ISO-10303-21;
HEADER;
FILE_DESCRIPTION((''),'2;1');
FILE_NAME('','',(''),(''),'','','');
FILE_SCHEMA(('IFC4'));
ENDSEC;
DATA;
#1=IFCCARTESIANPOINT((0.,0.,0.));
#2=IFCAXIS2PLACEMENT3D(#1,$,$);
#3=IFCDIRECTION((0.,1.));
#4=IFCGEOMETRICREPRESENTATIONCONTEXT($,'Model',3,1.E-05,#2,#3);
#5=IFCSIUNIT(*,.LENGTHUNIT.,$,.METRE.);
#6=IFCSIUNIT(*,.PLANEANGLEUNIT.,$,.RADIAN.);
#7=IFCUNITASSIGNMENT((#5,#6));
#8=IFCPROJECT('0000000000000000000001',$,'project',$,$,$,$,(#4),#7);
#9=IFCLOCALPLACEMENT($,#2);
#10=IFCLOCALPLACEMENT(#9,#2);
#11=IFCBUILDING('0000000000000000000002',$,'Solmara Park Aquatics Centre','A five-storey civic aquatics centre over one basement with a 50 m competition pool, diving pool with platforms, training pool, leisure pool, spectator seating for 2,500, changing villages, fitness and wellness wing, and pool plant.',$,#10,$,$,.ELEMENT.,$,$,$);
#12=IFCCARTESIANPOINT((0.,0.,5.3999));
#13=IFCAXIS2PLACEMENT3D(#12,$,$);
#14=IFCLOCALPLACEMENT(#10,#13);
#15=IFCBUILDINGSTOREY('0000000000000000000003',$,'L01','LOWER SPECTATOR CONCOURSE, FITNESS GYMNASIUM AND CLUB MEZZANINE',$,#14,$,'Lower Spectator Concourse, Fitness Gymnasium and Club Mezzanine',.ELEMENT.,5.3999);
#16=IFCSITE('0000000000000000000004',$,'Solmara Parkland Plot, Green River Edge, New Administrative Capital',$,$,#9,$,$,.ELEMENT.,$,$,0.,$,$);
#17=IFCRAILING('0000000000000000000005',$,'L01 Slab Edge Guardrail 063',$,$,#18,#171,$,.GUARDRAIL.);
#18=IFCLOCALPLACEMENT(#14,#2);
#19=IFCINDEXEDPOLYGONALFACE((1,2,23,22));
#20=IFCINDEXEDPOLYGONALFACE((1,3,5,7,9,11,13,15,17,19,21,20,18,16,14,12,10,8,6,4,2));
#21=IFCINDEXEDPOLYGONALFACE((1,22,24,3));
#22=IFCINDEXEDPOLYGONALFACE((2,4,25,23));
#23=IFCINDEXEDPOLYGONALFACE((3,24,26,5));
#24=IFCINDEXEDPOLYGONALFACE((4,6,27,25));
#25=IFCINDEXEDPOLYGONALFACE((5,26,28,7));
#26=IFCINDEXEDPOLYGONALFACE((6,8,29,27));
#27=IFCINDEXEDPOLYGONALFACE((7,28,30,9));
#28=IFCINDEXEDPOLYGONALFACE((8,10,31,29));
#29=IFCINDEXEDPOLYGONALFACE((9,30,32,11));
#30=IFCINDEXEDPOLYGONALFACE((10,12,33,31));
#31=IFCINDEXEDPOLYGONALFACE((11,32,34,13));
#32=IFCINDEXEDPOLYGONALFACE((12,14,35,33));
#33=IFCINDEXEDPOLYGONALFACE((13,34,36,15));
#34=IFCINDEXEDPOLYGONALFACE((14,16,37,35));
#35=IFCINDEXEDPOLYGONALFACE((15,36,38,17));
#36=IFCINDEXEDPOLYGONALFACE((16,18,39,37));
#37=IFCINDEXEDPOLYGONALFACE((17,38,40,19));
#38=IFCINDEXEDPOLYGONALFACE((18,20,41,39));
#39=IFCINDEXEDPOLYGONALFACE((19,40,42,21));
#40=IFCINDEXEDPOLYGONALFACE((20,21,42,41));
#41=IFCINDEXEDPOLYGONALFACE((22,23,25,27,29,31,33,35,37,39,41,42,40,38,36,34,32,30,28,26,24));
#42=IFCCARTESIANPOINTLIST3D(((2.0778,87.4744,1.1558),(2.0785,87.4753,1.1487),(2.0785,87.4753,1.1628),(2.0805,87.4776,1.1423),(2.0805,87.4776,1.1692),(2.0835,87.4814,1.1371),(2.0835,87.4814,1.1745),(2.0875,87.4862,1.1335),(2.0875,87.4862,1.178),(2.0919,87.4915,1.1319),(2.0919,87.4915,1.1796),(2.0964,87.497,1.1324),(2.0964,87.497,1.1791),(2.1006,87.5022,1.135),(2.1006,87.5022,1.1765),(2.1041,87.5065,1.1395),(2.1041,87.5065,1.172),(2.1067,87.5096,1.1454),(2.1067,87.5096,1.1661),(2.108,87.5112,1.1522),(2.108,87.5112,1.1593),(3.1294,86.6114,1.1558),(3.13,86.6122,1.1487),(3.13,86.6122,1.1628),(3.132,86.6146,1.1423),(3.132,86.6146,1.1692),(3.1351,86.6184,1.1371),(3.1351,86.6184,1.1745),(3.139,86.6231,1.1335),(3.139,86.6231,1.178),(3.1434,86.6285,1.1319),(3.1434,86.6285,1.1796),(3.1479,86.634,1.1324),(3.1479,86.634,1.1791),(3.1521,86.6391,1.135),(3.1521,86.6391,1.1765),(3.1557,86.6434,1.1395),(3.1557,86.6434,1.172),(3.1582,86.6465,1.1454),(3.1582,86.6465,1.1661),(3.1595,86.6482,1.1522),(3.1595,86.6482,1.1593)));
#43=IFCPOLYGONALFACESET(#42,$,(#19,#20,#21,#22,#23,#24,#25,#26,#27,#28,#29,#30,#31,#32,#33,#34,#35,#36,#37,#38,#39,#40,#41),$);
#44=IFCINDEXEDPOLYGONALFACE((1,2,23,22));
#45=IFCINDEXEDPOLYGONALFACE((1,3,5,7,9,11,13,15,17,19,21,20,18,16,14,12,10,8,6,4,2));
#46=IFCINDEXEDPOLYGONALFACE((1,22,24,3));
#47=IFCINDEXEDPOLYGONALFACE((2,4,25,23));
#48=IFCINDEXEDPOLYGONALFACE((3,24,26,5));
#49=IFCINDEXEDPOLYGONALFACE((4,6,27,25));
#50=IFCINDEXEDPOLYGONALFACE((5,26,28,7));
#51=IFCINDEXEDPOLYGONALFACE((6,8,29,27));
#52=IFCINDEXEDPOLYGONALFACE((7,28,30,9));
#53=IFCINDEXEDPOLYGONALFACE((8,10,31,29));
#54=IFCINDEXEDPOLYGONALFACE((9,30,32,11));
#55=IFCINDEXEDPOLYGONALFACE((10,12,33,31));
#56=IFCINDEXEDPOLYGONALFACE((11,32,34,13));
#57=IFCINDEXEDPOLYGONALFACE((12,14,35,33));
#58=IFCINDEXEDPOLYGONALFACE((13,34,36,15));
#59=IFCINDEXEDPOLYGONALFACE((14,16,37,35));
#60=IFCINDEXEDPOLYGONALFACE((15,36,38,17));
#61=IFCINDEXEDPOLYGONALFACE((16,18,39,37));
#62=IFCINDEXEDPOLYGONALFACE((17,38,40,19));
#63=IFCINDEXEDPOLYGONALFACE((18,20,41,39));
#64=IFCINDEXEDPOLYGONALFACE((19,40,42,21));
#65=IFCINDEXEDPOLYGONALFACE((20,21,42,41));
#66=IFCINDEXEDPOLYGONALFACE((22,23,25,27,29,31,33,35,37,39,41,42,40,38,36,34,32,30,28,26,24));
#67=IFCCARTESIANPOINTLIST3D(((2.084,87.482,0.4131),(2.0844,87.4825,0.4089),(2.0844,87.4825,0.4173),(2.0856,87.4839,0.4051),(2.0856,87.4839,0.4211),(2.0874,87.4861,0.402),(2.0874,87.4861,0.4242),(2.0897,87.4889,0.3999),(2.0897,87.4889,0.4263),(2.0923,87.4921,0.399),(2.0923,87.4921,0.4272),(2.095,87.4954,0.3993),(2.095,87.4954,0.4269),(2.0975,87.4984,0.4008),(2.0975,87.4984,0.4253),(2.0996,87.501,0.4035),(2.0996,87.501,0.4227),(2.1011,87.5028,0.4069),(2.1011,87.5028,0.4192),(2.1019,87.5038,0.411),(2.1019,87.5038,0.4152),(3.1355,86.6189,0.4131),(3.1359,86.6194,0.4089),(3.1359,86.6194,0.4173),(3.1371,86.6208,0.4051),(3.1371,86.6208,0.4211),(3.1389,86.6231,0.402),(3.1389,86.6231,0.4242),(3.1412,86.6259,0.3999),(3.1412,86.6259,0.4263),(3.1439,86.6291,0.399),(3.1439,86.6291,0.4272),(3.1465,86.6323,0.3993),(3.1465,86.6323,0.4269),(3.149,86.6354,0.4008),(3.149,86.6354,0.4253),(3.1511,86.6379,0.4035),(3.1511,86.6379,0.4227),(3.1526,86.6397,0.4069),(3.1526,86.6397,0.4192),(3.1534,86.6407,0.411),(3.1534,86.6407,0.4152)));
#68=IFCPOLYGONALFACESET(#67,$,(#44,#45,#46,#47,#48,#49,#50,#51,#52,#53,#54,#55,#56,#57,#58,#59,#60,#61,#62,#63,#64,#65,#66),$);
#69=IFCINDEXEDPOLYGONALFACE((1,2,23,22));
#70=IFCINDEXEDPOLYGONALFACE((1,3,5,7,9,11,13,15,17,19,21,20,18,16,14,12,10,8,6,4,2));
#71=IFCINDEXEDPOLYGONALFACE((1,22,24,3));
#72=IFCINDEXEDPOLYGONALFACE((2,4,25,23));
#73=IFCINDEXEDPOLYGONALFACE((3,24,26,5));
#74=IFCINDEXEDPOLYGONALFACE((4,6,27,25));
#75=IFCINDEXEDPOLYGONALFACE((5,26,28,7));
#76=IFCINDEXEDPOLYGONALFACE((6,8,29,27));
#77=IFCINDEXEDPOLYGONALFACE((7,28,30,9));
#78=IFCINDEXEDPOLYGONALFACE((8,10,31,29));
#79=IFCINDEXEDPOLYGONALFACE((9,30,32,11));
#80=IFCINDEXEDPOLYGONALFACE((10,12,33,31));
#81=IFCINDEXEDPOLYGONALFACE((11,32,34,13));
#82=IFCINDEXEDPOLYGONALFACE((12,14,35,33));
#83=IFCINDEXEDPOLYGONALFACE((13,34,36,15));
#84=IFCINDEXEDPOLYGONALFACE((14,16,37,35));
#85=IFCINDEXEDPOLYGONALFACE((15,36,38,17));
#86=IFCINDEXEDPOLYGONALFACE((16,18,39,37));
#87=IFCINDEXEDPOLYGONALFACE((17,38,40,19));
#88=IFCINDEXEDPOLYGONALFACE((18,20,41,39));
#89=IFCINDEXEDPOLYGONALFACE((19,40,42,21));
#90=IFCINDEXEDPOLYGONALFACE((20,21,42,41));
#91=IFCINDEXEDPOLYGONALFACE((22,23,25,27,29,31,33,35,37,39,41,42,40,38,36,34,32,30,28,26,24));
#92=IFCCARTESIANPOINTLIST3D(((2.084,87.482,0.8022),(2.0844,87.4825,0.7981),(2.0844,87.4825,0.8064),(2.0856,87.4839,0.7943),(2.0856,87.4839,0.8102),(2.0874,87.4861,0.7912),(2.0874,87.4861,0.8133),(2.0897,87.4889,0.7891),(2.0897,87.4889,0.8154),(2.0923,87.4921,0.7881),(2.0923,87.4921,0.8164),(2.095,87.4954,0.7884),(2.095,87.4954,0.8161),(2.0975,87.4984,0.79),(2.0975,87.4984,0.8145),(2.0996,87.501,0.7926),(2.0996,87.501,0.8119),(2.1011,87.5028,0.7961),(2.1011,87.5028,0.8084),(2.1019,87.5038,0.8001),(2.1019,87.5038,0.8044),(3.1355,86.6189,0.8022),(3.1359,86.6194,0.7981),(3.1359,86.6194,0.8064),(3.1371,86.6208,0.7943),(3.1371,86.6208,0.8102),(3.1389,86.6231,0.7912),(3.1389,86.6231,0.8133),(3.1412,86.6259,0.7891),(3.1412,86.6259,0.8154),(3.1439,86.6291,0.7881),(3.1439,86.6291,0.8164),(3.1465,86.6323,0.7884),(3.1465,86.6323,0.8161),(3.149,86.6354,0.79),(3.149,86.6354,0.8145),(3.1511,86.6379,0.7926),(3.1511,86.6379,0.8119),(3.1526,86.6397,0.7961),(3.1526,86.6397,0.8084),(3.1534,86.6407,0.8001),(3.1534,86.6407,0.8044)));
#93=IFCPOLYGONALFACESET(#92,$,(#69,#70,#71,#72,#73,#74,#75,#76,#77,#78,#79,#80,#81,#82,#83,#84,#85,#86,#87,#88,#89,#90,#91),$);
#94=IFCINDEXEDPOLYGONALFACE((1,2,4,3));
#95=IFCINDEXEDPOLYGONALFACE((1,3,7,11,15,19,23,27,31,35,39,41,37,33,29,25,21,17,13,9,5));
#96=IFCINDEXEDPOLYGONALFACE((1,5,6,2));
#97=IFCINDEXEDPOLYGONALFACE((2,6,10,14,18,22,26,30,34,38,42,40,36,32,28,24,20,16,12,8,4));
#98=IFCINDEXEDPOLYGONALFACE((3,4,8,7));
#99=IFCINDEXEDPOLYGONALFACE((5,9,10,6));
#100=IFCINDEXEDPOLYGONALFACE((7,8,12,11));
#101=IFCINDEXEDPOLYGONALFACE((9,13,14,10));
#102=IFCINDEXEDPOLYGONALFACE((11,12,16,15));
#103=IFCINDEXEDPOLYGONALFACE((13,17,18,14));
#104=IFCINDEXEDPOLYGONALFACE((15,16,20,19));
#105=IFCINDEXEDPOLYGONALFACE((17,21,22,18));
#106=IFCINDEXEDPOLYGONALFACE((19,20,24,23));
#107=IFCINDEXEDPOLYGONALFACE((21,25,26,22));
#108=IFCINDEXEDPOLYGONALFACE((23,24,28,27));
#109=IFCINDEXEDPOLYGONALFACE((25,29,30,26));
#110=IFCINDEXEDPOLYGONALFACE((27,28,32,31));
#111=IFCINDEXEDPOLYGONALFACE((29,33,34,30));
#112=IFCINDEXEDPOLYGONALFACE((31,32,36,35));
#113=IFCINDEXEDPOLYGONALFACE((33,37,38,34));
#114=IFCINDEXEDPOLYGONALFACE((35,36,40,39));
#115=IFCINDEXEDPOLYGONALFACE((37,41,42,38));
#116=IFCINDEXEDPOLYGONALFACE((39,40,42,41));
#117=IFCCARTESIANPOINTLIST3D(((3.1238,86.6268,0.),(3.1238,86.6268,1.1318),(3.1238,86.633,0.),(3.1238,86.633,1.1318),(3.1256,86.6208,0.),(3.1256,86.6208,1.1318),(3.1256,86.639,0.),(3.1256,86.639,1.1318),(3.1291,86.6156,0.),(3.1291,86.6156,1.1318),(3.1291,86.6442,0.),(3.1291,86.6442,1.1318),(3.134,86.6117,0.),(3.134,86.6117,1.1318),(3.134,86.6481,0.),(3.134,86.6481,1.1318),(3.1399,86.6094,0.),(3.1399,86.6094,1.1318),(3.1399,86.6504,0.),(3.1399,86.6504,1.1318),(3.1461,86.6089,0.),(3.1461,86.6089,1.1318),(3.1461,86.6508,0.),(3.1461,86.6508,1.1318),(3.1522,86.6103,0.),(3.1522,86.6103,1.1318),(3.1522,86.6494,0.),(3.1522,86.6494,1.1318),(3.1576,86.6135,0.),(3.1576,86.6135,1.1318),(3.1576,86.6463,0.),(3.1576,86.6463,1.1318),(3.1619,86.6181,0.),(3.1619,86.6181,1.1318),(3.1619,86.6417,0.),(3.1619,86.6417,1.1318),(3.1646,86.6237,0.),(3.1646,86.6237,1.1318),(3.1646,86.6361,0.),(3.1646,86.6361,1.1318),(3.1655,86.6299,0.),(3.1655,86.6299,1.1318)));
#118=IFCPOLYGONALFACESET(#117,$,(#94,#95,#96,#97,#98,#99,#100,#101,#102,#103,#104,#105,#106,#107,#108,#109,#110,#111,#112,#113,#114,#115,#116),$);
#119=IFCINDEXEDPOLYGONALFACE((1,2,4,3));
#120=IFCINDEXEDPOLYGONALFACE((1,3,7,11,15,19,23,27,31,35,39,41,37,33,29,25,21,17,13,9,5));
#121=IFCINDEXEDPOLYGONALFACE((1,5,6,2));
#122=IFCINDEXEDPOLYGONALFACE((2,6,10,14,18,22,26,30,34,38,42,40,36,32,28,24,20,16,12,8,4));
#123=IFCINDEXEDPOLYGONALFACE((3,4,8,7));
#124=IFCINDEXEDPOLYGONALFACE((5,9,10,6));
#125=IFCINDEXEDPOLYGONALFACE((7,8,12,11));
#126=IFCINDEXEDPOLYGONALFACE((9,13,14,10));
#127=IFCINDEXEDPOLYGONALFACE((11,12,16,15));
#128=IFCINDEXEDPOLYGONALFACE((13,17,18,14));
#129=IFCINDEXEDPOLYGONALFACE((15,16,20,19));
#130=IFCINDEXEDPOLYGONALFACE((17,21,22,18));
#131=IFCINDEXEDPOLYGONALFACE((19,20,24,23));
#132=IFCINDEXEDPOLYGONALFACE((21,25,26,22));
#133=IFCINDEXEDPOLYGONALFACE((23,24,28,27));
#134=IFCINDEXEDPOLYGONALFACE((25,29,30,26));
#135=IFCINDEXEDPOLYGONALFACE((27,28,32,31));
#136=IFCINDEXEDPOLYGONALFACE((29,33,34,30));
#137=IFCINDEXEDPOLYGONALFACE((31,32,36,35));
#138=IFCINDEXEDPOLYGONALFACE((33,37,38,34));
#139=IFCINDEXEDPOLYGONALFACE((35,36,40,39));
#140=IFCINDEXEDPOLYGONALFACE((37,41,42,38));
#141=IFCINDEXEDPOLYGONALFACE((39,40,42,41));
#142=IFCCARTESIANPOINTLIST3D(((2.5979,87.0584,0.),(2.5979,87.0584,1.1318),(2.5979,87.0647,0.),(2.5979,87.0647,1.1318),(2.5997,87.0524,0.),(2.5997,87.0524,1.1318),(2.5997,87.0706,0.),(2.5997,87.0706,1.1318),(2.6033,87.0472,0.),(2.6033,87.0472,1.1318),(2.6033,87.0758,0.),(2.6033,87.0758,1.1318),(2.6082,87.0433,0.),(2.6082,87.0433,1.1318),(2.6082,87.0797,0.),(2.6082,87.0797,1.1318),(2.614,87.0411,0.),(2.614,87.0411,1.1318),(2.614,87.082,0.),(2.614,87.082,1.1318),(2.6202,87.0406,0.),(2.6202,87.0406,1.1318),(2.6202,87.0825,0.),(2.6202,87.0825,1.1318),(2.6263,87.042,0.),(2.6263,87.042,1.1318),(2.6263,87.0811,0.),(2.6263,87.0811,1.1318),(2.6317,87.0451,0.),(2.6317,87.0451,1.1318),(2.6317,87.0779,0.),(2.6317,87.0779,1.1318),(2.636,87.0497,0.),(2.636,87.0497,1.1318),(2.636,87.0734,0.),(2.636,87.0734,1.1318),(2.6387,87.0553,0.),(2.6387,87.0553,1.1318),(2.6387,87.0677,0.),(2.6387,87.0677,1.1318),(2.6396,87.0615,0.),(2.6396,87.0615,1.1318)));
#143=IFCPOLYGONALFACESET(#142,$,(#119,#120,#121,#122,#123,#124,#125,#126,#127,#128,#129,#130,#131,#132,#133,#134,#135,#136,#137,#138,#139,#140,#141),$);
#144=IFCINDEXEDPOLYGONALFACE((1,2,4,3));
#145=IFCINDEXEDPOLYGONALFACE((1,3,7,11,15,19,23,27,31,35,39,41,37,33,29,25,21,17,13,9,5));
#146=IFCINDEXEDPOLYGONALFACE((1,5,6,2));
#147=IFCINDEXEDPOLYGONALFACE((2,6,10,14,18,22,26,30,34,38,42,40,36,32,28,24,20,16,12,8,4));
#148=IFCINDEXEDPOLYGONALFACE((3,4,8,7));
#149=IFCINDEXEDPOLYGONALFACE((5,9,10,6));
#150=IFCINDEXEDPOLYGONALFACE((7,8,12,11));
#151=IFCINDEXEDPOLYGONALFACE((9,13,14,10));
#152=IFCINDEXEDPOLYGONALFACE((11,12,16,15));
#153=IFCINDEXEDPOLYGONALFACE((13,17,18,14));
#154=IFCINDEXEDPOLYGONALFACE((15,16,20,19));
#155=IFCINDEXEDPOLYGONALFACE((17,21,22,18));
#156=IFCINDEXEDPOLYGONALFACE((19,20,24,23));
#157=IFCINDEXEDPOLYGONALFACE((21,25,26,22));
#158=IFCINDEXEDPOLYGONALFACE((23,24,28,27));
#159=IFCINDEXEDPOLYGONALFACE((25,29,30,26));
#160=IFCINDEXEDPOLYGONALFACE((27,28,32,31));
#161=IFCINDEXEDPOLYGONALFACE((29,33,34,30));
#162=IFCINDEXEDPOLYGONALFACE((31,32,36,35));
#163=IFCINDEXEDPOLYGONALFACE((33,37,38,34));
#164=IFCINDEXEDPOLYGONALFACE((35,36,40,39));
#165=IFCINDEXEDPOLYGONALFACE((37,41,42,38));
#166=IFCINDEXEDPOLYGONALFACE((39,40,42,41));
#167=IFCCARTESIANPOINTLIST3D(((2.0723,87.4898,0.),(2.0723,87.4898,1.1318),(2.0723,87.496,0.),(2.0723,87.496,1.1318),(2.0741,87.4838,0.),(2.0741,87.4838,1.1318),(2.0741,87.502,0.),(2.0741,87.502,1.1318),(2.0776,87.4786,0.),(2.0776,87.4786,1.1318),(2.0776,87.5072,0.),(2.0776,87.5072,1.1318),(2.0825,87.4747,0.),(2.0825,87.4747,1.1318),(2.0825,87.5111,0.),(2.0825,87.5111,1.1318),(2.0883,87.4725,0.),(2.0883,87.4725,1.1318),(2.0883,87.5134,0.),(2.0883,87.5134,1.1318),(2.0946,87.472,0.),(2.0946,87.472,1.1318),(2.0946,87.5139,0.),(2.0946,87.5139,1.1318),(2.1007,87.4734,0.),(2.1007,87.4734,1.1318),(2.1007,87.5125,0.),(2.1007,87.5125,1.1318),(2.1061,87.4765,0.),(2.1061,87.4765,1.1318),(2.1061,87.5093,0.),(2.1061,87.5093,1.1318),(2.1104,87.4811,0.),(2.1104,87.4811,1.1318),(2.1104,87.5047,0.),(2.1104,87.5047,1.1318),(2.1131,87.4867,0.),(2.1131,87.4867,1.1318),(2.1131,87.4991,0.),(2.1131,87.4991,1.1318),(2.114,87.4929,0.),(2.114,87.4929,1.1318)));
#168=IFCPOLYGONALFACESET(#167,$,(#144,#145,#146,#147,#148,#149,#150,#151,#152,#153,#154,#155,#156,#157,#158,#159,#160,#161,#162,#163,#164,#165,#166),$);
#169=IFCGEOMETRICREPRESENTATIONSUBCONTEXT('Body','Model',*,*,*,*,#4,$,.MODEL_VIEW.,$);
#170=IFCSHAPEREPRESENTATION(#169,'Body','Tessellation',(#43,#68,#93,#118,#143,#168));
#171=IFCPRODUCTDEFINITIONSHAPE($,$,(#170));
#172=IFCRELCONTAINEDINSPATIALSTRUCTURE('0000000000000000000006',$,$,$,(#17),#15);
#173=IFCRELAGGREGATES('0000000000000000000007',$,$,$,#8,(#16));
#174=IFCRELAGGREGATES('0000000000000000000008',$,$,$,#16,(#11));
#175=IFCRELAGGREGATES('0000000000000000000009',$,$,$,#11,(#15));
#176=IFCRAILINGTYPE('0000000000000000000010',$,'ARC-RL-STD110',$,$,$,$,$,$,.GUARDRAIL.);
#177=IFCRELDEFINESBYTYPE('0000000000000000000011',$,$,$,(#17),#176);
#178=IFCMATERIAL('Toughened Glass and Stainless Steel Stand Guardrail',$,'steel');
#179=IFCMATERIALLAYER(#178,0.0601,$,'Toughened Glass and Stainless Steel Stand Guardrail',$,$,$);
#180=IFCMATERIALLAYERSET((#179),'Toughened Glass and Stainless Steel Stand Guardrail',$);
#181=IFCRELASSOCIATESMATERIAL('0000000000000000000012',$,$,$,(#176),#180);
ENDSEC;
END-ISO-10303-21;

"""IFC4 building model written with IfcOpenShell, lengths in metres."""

from ifc_helpers import new_model, si_unit, direction, frame, origin, origin_2d, place, context, subcontext, project, spatial, circle, extrude, material, layer, layer_set, type_object, element, save


model = new_model("IFC4")

# Units and contexts
model_context = context("Model", 3, precision=1e-05, world=origin(), true_north=direction((0.0, 1.0)))
body_context = subcontext(model_context, "Body", "Model", "MODEL_VIEW")
ifc_project = project(units=[si_unit("LENGTHUNIT", "METRE"), si_unit("PLANEANGLEUNIT", "RADIAN")], contexts=[model_context])

# Site, building, storey
site_placement = place(None, origin())
site = spatial("IfcSite", under=ifc_project, at=site_placement, Name="Solmara Parkland Plot, Green River Edge, New Administrative Capital", CompositionType="ELEMENT", RefElevation=0.0)
building_placement = place(site_placement, origin())
building = spatial("IfcBuilding", under=site, at=building_placement, Name="Solmara Park Aquatics Centre", Description="A five-storey civic aquatics centre over one basement with a 50 m competition pool, diving pool with platforms, training pool, leisure pool, spectator seating for 2,500, changing villages, fitness and wellness wing, and pool plant.", CompositionType="ELEMENT")
storey_placement = place(building_placement, frame((0.0, 0.0, 5.3999)))
storey = spatial("IfcBuildingStorey", under=building, at=storey_placement, Name="L01", Description="LOWER SPECTATOR CONCOURSE, FITNESS GYMNASIUM AND CLUB MEZZANINE", LongName="Lower Spectator Concourse, Fitness Gymnasium and Club Mezzanine", CompositionType="ELEMENT", Elevation=5.3999)

# Railing
ifc_material_1 = material(Name="Toughened Glass and Stainless Steel Stand Guardrail", Category="steel")
ifc_layer_1 = layer(ifc_material_1, 0.0601, Name="Toughened Glass and Stainless Steel Stand Guardrail")
ifc_layer_set_1 = layer_set([ifc_layer_1], Name="Toughened Glass and Stainless Steel Stand Guardrail")
railing_type = type_object("IfcRailingType", Name="ARC-RL-STD110", PredefinedType="GUARDRAIL", material=ifc_layer_set_1)
railing_1_placement = place(storey_placement, frame((3.1445, 86.6299, 0.0)))
element("IfcRailing", 1, at=railing_1_placement, inside=storey, type_object=railing_type, Name="L01 Slab Edge Guardrail 063", PredefinedType="GUARDRAIL", context=body_context, shape_type="SweptSolid", body=[
    extrude(circle(Radius=0.0239, at=origin_2d()), frame((0.0, 0.0, 1.1558), z_axis=(-0.772981, 0.634429, 0.0), x_axis=(-0.634429, -0.772981, 0.0)), (0.0, 0.0, 1.0), 1.3604),
    extrude(circle(Radius=0.0142, at=origin_2d()), frame((0.0, 0.0, 0.4131), z_axis=(-0.772981, 0.634429, 0.0), x_axis=(-0.634429, -0.772981, 0.0)), (0.0, 0.0, 1.0), 1.3604),
    extrude(circle(Radius=0.0142, at=origin_2d()), frame((0.0, 0.0, 0.8022), z_axis=(-0.772981, 0.634429, 0.0), x_axis=(-0.634429, -0.772981, 0.0)), (0.0, 0.0, 1.0), 1.3604),
    extrude(circle(Radius=0.021, at=origin_2d()), origin(), (0.0, 0.0, 1.0), 1.1318),
    extrude(circle(Radius=0.021, at=origin_2d()), frame((-0.5259, 0.4316, 0.0)), (0.0, 0.0, 1.0), 1.1318),
    extrude(circle(Radius=0.021, at=origin_2d()), frame((-1.0515, 0.863, 0.0)), (0.0, 0.0, 1.0), 1.1318),
])

save(model, "model.ifc")
